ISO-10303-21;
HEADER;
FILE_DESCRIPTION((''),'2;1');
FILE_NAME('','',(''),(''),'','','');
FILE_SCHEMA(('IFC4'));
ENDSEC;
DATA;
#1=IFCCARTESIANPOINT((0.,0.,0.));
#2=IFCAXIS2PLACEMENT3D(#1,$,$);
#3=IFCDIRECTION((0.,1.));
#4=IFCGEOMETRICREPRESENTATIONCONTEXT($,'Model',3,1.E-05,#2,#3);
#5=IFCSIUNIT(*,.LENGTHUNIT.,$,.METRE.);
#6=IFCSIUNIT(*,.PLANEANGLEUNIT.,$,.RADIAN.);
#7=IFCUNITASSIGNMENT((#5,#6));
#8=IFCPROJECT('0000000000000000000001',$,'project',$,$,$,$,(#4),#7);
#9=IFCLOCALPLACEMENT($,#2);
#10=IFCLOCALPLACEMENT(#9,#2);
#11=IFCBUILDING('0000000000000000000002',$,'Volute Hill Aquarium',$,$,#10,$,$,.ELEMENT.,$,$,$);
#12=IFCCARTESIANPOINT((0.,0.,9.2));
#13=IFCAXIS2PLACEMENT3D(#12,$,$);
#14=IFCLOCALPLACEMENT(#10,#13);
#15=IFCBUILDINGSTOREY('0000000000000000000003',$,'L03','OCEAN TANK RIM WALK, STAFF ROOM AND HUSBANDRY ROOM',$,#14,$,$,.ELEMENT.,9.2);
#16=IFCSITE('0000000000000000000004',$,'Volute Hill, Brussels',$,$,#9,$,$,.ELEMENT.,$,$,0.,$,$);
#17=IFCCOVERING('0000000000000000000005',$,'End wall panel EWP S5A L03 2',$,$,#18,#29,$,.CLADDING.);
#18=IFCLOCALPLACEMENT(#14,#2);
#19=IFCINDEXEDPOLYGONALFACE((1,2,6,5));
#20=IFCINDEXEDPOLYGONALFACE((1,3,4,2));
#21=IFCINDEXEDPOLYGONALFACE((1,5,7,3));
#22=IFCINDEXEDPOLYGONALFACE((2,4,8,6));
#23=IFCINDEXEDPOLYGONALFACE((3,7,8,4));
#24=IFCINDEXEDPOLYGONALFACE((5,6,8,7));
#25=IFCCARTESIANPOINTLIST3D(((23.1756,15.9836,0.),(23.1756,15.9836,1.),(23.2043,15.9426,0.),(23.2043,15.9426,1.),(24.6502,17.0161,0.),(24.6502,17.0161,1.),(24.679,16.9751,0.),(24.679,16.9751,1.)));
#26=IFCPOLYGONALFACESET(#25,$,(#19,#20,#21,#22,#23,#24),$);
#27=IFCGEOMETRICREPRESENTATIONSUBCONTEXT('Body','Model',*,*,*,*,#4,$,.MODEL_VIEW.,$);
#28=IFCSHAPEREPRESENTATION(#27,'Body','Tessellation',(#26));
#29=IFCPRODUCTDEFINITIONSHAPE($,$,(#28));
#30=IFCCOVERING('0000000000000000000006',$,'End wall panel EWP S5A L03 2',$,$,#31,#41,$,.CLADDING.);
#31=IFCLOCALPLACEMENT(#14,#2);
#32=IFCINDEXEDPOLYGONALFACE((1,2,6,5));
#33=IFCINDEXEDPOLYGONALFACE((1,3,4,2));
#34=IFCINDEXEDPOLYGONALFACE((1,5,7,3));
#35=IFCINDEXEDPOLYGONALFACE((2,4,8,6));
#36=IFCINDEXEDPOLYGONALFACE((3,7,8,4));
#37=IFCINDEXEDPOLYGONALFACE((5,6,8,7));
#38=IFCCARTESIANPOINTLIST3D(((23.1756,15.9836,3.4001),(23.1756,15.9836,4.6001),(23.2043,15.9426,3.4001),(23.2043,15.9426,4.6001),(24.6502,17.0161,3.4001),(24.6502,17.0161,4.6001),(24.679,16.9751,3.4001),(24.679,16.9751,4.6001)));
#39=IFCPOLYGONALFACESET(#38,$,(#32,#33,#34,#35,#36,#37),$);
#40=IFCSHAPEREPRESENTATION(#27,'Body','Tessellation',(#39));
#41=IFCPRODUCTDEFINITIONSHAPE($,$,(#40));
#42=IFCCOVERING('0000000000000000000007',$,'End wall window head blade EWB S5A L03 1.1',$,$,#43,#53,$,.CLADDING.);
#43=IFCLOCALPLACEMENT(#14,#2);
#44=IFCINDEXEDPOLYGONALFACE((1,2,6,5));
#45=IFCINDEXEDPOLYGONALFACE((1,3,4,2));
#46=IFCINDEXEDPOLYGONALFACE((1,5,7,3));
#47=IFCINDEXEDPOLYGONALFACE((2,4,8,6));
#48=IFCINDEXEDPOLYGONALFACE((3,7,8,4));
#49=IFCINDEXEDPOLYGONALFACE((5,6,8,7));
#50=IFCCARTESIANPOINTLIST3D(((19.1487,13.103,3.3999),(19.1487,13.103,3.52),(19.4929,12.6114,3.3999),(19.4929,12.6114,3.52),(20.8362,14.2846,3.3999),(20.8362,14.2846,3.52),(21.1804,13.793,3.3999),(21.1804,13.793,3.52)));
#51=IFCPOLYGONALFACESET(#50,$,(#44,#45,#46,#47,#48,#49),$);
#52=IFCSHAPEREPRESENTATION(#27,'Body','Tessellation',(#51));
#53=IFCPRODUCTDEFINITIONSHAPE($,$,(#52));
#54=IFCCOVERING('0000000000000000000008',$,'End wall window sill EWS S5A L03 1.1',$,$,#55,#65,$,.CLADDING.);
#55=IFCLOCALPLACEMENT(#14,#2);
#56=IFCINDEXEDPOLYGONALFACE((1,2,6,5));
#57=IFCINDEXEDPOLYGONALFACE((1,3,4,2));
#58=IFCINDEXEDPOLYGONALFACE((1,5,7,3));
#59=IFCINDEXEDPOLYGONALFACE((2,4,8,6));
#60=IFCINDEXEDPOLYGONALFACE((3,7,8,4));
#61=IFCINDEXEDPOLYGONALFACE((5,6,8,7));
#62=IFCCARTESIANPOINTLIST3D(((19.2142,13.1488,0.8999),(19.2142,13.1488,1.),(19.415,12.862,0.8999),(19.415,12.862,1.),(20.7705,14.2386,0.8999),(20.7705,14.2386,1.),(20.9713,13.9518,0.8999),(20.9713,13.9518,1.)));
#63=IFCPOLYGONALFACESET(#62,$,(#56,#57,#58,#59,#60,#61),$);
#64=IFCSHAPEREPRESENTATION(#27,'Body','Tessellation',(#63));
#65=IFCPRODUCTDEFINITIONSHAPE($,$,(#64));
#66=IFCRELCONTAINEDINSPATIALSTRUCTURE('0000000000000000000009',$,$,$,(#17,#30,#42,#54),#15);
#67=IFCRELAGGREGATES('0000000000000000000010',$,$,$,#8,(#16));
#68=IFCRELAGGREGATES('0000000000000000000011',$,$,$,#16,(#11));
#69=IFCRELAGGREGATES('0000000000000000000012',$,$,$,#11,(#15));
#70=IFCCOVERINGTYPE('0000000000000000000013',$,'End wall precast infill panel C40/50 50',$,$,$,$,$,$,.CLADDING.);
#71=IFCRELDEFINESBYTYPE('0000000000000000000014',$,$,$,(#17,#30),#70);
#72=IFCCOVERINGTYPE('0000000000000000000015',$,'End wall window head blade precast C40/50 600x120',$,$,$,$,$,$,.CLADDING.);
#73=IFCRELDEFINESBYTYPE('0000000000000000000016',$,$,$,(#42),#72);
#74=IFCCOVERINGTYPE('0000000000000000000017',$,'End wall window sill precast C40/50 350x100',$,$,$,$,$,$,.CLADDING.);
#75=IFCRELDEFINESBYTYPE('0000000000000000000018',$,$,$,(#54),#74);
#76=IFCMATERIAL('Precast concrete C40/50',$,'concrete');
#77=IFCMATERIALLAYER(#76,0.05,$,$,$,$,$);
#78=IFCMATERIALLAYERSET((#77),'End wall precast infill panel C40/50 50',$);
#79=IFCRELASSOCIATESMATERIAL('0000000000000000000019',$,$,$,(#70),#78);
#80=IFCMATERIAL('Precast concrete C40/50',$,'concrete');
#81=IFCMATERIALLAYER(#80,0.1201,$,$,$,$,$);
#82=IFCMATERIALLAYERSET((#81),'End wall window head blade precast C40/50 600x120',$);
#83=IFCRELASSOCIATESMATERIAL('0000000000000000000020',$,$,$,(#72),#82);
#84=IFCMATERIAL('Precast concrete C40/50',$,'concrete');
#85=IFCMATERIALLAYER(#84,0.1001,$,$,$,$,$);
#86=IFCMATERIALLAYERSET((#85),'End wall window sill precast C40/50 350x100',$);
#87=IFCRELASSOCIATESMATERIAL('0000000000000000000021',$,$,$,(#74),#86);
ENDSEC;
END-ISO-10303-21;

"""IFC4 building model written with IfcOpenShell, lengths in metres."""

from ifc_helpers import new_model, si_unit, direction, frame, origin, origin_2d, place, context, subcontext, project, spatial, polyline, rectangle, outline, extrude, material, layer, layer_set, type_object, element, save


model = new_model("IFC4")

# Units and contexts
model_context = context("Model", 3, precision=1e-05, world=origin(), true_north=direction((0.0, 1.0)))
body_context = subcontext(model_context, "Body", "Model", "MODEL_VIEW")
ifc_project = project(units=[si_unit("LENGTHUNIT", "METRE"), si_unit("PLANEANGLEUNIT", "RADIAN")], contexts=[model_context])

# Site, building, storey
site_placement = place(None, origin())
site = spatial("IfcSite", under=ifc_project, at=site_placement, Name="Volute Hill, Brussels", CompositionType="ELEMENT", RefElevation=0.0)
building_placement = place(site_placement, origin())
building = spatial("IfcBuilding", under=site, at=building_placement, Name="Volute Hill Aquarium", CompositionType="ELEMENT")
storey_placement = place(building_placement, frame((0.0, 0.0, 9.2)))
storey = spatial("IfcBuildingStorey", under=building, at=storey_placement, Name="L03", Description="OCEAN TANK RIM WALK, STAFF ROOM AND HUSBANDRY ROOM", CompositionType="ELEMENT", Elevation=9.2)

# Coverings
ifc_material_1 = material(Name="Precast concrete C40/50", Category="concrete")
ifc_layer_1 = layer(ifc_material_1, 0.05)
ifc_layer_set_1 = layer_set([ifc_layer_1], Name="End wall precast infill panel C40/50 50")
covering_type_1 = type_object("IfcCoveringType", Name="End wall precast infill panel C40/50 50", PredefinedType="CLADDING", material=ifc_layer_set_1)
covering_1_placement = place(storey_placement, frame((23.2043, 15.9426, 0.0), z_axis=(0.573553, -0.819168, 0.0), x_axis=(0.819168, 0.573553, 0.0)))
element("IfcCovering", 1, at=covering_1_placement, inside=storey, type_object=covering_type_1, Name="End wall panel EWP S5A L03 2", PredefinedType="CLADDING", context=body_context, shape_type="SweptSolid", body=[
    extrude(outline(polyline([(0.0, 0.0), (1.8001, 0.0), (1.8001, 1.0), (0.0, 1.0), (0.0, 0.0)])), origin(), (0.0, 0.0, -1.0), 0.05),
])
covering_2_placement = place(storey_placement, frame((23.2043, 15.9426, 3.4001), z_axis=(0.573553, -0.819168, 0.0), x_axis=(0.819168, 0.573553, 0.0)))
element("IfcCovering", 2, at=covering_2_placement, inside=storey, type_object=covering_type_1, Name="End wall panel EWP S5A L03 2", PredefinedType="CLADDING", context=body_context, shape_type="SweptSolid", body=[
    extrude(outline(polyline([(0.0, 0.0), (1.8001, 0.0), (1.8001, 1.2), (0.0, 1.2), (0.0, 0.0)])), origin(), (0.0, 0.0, -1.0), 0.05),
])
ifc_material_2 = material(Name="Precast concrete C40/50", Category="concrete")
ifc_layer_2 = layer(ifc_material_2, 0.1201)
ifc_layer_set_2 = layer_set([ifc_layer_2], Name="End wall window head blade precast C40/50 600x120")
covering_type_2 = type_object("IfcCoveringType", Name="End wall window head blade precast C40/50 600x120", PredefinedType="CLADDING", material=ifc_layer_set_2)
covering_3_placement = place(storey_placement, frame((20.1646, 13.448, 3.3999), z_axis=(0.0, 0.0, 1.0), x_axis=(0.81915, 0.573579, 0.0)))
element("IfcCovering", 3, at=covering_3_placement, inside=storey, type_object=covering_type_2, Name="End wall window head blade EWB S5A L03 1.1", PredefinedType="CLADDING", context=body_context, shape_type="SweptSolid", body=[
    extrude(rectangle(XDim=2.0601, YDim=0.6001, at=origin_2d()), origin(), (0.0, 0.0, 1.0), 0.1201),
])
ifc_material_3 = material(Name="Precast concrete C40/50", Category="concrete")
ifc_layer_3 = layer(ifc_material_3, 0.1001)
ifc_layer_set_3 = layer_set([ifc_layer_3], Name="End wall window sill precast C40/50 350x100")
covering_type_3 = type_object("IfcCoveringType", Name="End wall window sill precast C40/50 350x100", PredefinedType="CLADDING", material=ifc_layer_set_3)
covering_4_placement = place(storey_placement, frame((20.0928, 13.5503, 0.8999), z_axis=(0.0, 0.0, 1.0), x_axis=(0.81915, 0.573579, 0.0)))
element("IfcCovering", 4, at=covering_4_placement, inside=storey, type_object=covering_type_3, Name="End wall window sill EWS S5A L03 1.1", PredefinedType="CLADDING", context=body_context, shape_type="SweptSolid", body=[
    extrude(rectangle(XDim=1.8999, YDim=0.3501, at=origin_2d()), origin(), (0.0, 0.0, 1.0), 0.1001),
])

save(model, "model.ifc")
